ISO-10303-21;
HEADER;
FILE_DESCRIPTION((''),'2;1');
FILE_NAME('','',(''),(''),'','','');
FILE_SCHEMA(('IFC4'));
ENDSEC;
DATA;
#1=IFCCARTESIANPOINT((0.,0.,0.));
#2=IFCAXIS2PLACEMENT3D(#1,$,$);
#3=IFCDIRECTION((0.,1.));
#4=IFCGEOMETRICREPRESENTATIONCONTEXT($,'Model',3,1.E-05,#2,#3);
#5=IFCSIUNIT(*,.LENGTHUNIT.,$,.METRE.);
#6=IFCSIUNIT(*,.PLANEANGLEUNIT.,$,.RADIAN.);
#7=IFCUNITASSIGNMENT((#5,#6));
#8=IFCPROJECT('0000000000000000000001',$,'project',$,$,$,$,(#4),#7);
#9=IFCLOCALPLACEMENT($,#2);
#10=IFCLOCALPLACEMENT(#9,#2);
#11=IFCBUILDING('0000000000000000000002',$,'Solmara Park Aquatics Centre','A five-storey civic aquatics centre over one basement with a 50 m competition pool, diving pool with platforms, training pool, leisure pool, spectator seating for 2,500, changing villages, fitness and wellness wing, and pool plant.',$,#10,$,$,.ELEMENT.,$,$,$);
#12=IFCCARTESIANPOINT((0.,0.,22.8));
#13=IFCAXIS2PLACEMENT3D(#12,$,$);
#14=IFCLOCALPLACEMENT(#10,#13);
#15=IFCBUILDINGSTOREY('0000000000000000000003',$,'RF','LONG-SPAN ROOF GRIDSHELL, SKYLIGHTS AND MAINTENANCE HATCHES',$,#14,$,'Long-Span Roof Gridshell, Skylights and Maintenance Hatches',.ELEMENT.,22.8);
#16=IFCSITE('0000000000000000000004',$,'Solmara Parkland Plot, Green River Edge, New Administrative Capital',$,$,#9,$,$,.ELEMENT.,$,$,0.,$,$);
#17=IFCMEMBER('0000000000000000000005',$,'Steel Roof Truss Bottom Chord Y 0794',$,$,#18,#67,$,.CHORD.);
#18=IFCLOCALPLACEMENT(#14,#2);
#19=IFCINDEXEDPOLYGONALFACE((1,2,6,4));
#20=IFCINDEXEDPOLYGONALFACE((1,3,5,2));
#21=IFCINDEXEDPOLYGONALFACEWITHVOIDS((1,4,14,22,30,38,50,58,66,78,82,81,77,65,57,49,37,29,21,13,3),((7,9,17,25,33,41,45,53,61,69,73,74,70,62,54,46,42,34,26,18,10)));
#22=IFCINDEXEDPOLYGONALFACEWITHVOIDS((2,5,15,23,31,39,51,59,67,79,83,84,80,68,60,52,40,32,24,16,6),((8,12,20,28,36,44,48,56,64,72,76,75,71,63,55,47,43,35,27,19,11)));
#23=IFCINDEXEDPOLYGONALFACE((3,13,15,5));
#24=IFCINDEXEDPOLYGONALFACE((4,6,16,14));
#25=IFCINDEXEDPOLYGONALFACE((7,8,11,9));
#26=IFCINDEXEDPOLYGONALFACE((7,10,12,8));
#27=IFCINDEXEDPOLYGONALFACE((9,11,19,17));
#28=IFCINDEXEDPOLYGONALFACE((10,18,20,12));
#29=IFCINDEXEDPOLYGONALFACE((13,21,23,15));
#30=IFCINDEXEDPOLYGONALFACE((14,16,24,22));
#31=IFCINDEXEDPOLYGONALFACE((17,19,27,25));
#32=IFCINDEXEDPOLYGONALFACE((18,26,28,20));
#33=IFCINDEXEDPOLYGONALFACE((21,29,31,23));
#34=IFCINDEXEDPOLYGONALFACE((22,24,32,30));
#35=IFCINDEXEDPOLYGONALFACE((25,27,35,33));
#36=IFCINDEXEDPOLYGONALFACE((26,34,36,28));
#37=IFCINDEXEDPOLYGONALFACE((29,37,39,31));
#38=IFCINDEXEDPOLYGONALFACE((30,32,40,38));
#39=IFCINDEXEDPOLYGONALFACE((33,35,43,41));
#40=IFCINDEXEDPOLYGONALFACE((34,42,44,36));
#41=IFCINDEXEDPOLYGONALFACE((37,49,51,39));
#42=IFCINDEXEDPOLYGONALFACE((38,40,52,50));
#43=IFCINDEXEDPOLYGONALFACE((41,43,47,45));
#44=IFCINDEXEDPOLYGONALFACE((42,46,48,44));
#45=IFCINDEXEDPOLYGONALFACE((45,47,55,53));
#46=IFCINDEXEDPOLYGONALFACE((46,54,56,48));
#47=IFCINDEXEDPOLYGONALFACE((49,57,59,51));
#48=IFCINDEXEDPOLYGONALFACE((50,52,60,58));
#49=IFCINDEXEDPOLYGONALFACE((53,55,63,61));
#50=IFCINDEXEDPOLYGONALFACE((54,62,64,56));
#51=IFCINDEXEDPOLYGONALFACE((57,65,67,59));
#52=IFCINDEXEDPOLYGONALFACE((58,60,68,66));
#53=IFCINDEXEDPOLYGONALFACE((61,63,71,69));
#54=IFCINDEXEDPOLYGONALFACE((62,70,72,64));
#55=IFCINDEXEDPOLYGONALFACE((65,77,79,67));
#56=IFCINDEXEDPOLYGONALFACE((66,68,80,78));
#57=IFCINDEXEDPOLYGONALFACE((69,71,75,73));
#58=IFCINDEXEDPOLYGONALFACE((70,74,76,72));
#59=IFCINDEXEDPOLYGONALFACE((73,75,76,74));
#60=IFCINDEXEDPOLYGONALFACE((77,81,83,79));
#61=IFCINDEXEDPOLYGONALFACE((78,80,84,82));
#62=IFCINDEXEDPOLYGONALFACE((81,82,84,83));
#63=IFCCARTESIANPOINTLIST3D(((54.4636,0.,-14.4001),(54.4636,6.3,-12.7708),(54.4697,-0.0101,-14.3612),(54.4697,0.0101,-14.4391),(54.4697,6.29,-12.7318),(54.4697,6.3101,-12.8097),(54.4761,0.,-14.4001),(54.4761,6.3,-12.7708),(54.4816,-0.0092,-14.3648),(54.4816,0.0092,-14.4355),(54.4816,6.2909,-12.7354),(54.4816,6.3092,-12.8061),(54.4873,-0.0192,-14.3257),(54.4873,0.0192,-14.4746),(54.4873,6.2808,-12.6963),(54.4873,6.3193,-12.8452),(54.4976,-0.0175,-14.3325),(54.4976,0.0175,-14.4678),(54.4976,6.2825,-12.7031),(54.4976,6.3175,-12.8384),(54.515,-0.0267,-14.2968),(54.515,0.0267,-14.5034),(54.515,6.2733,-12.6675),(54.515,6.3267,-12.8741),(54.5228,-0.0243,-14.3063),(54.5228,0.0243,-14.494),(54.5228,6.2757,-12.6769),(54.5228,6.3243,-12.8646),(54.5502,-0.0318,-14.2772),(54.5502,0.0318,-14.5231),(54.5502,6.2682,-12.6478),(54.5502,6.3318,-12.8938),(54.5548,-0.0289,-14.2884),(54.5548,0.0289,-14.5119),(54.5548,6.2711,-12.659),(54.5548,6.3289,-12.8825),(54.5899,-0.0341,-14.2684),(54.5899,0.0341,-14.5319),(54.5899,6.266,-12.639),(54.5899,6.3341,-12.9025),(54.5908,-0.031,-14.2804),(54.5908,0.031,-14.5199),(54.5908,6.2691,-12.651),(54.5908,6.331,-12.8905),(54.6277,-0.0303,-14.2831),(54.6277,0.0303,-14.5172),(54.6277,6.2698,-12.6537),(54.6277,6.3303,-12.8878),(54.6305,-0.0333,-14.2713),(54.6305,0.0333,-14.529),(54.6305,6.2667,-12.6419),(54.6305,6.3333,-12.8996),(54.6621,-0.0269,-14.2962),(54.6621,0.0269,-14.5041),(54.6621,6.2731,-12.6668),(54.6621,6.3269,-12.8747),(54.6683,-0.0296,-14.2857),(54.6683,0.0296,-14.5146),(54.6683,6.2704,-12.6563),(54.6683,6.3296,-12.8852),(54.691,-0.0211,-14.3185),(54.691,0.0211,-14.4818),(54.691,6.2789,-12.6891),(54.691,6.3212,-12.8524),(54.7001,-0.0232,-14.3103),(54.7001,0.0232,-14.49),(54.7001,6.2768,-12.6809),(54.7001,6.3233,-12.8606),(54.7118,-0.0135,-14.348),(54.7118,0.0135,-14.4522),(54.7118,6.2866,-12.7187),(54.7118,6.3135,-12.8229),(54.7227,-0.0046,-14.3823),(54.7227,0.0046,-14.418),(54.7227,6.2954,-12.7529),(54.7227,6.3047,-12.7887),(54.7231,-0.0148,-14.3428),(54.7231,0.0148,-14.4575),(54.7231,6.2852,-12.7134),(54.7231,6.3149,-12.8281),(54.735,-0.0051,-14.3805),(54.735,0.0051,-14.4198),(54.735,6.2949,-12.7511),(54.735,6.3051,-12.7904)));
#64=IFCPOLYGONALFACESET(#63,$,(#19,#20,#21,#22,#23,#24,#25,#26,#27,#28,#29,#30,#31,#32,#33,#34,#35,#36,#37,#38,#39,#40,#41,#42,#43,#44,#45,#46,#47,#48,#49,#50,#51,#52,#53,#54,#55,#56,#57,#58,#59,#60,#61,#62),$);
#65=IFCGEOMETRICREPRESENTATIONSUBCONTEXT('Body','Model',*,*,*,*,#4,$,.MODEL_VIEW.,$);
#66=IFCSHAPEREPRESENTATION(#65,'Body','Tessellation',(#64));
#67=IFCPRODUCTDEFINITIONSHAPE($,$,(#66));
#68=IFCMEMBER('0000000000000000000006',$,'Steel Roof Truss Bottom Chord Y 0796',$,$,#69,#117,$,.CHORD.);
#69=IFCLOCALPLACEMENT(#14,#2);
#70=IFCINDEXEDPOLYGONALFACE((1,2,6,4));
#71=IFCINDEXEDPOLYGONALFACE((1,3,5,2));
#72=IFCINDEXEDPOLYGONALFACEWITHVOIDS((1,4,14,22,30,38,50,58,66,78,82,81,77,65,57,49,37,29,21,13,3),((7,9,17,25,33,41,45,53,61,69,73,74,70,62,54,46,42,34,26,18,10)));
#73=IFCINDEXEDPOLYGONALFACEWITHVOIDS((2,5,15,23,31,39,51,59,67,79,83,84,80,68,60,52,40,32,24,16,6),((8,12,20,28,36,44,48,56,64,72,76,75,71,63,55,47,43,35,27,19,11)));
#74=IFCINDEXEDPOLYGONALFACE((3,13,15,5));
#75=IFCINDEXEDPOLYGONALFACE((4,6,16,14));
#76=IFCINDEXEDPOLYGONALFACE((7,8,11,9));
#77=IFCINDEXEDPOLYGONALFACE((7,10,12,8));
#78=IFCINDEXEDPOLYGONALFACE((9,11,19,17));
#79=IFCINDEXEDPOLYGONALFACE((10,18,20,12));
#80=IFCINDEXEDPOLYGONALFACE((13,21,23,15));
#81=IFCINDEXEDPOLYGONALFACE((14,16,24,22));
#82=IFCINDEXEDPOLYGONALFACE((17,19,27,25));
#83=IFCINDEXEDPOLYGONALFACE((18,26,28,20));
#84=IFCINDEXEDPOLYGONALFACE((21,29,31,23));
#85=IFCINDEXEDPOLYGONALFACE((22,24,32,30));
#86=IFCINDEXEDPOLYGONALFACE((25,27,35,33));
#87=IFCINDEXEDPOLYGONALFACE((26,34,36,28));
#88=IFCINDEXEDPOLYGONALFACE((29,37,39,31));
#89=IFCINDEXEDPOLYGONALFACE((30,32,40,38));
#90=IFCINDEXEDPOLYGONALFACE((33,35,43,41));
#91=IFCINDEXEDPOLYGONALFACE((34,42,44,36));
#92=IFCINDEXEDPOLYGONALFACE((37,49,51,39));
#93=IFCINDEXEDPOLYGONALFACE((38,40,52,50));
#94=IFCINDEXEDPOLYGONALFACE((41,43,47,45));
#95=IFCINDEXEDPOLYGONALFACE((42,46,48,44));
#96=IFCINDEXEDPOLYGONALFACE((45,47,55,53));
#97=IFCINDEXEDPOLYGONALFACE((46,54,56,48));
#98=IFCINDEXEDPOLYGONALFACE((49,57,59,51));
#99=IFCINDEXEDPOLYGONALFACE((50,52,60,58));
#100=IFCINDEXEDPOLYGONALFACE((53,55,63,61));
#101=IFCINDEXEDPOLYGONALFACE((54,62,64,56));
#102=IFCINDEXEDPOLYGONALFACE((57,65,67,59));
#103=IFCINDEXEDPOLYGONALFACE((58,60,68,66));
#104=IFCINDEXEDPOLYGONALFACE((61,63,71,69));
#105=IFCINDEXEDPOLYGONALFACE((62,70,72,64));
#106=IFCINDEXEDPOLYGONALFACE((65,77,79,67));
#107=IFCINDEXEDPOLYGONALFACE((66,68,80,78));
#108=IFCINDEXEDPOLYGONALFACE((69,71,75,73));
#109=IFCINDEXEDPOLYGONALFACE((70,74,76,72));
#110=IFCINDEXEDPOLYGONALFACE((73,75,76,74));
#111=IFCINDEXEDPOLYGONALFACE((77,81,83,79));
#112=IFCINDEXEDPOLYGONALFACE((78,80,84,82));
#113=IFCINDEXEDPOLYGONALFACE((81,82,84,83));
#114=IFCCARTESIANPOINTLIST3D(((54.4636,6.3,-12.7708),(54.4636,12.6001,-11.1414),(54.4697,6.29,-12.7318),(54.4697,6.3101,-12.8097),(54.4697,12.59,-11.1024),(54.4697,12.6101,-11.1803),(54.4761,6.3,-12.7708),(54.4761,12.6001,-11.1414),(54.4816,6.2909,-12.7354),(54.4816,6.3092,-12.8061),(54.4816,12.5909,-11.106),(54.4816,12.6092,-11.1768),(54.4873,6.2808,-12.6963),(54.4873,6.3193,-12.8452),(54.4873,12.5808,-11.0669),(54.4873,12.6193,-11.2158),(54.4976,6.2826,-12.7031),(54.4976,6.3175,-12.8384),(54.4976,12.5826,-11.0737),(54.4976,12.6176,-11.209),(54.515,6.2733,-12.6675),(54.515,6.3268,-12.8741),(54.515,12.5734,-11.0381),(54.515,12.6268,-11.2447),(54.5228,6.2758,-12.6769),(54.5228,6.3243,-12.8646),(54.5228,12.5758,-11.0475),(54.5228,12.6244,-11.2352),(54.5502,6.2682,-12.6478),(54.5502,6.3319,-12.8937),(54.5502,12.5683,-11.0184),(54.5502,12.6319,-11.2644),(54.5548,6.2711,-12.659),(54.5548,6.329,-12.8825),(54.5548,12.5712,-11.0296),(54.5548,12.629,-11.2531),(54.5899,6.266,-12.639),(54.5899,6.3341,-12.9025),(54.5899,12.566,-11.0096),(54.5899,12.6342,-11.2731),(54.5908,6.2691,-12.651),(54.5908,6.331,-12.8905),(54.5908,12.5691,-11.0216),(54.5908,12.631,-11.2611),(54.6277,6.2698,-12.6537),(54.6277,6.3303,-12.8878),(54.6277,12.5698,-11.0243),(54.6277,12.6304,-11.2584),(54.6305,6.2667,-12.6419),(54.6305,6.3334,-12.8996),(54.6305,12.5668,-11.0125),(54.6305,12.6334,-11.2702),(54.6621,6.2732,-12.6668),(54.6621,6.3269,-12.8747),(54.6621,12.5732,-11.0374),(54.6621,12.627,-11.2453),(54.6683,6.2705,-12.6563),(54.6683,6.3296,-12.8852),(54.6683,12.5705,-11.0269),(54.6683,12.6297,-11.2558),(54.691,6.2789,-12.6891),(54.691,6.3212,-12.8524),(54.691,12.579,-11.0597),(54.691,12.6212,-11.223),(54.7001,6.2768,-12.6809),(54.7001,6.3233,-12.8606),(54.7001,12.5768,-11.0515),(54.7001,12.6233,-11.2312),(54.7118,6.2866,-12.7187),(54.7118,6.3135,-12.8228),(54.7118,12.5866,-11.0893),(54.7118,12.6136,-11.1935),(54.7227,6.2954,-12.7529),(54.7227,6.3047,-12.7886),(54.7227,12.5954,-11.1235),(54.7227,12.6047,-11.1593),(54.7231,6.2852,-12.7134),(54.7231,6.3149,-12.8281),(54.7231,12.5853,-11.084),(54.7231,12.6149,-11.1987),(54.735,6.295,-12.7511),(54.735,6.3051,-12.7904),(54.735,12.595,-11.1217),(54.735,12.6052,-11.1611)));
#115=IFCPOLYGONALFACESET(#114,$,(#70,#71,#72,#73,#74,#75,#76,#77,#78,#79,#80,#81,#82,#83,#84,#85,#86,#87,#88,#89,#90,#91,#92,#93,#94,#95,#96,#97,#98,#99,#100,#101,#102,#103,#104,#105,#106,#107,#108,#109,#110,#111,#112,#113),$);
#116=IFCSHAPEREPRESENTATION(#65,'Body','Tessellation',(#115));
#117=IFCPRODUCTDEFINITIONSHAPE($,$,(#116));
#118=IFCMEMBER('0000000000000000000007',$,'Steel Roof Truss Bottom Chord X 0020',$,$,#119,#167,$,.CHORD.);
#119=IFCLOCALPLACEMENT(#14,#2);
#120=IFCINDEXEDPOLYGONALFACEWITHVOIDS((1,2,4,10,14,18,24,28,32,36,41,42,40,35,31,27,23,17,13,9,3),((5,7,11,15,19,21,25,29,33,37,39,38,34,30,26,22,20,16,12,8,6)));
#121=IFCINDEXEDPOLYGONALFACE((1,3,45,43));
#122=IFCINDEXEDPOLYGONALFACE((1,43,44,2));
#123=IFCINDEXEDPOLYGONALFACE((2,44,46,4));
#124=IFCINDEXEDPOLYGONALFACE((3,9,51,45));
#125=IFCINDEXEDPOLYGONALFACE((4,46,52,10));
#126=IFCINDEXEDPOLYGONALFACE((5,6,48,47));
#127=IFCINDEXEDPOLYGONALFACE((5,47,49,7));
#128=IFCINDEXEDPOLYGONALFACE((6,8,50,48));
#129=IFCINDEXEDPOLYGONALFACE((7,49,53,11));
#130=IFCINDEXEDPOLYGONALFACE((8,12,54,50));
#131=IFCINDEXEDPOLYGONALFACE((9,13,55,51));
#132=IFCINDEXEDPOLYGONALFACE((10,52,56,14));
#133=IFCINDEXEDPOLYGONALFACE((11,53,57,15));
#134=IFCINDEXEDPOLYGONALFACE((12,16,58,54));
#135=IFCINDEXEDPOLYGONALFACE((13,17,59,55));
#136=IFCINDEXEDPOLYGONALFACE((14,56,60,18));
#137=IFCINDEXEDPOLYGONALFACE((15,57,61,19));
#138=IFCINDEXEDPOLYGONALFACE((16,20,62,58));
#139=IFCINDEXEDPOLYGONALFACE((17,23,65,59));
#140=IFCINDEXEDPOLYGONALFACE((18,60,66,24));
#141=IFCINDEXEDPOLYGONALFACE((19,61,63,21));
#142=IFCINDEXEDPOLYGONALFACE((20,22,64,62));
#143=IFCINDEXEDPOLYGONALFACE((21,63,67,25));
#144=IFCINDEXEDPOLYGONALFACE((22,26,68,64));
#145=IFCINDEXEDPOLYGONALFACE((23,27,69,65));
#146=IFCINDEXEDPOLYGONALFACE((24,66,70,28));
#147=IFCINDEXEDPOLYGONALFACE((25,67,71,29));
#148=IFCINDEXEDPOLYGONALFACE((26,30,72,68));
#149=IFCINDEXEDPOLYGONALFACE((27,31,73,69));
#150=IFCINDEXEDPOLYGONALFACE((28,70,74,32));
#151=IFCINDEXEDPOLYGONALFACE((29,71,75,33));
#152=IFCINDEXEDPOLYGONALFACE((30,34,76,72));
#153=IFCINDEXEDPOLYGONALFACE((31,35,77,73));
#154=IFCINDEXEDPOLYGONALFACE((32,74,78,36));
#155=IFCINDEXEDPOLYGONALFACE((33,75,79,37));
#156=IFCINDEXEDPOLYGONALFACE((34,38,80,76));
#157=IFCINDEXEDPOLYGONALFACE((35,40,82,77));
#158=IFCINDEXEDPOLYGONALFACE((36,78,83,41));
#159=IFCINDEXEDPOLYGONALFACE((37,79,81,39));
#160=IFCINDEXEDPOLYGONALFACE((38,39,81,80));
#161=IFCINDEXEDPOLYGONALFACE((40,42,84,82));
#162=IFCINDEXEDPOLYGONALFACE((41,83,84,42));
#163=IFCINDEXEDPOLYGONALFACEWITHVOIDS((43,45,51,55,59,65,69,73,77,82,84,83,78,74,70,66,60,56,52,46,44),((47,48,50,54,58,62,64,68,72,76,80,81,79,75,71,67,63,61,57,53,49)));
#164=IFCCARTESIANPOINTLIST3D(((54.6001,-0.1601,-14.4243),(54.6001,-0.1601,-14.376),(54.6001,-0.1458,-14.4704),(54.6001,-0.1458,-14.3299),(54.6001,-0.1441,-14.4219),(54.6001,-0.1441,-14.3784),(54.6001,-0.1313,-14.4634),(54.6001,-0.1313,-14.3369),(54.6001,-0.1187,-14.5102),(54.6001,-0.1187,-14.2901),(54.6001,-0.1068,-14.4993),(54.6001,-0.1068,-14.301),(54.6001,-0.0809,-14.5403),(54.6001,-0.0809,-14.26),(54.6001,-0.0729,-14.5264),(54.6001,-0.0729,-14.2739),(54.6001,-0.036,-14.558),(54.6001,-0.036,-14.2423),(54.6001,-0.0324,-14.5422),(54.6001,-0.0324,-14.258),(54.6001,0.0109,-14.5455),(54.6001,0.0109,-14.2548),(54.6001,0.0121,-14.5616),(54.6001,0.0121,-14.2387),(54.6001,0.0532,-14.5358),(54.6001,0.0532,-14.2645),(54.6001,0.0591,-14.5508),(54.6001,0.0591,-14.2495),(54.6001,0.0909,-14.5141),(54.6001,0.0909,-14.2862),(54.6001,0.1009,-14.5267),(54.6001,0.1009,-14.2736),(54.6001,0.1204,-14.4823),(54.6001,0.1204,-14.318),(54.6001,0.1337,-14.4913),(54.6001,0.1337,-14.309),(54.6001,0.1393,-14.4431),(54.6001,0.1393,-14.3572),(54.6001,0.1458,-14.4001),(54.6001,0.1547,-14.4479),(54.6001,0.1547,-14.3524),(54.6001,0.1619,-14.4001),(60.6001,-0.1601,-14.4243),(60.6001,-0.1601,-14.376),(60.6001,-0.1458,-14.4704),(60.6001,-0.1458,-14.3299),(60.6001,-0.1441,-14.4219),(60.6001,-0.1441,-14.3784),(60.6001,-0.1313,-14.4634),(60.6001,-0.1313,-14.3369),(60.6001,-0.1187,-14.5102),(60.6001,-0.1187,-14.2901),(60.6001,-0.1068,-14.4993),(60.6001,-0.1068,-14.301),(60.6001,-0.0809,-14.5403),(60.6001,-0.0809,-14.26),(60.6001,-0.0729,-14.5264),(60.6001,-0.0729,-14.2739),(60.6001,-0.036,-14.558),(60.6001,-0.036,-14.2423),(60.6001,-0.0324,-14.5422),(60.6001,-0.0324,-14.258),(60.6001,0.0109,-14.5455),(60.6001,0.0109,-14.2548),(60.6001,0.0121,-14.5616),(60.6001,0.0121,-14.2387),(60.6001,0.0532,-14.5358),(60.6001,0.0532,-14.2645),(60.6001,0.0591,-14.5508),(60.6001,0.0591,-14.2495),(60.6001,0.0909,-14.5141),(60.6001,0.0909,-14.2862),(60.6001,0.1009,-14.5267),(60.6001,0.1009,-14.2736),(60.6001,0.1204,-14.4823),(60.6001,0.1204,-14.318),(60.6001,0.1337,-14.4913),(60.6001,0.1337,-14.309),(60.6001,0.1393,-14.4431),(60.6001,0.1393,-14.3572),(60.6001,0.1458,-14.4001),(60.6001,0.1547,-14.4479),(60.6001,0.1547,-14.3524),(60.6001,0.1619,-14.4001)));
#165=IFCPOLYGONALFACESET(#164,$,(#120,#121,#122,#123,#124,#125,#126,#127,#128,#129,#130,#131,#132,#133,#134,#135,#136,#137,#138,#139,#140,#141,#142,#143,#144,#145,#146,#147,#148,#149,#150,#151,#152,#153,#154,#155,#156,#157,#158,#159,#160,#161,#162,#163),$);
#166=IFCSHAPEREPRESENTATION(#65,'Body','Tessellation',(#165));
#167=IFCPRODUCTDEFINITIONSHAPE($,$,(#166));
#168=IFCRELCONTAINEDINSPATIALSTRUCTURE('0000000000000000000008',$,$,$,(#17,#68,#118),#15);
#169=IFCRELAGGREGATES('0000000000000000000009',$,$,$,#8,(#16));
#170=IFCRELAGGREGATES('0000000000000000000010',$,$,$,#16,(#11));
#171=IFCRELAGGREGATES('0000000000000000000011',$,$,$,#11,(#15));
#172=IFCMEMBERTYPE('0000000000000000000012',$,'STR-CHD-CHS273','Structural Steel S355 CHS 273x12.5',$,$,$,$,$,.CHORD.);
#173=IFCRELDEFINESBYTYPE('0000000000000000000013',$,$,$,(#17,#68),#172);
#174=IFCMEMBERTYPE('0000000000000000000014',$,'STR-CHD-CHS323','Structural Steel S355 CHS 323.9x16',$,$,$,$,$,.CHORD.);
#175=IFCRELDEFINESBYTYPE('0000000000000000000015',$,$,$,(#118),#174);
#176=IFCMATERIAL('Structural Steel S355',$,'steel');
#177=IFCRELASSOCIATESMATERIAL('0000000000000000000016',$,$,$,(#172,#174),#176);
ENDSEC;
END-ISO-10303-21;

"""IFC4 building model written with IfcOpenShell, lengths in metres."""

from ifc_helpers import new_model, si_unit, direction, frame, origin, origin_2d, place, context, subcontext, project, spatial, hollow_circle, extrude, material, material_profile, profile_set, type_object, element, save


model = new_model("IFC4")

# Units and contexts
model_context = context("Model", 3, precision=1e-05, world=origin(), true_north=direction((0.0, 1.0)))
body_context = subcontext(model_context, "Body", "Model", "MODEL_VIEW")
ifc_project = project(units=[si_unit("LENGTHUNIT", "METRE"), si_unit("PLANEANGLEUNIT", "RADIAN")], contexts=[model_context])

# Site, building, storey
site_placement = place(None, origin())
site = spatial("IfcSite", under=ifc_project, at=site_placement, Name="Solmara Parkland Plot, Green River Edge, New Administrative Capital", CompositionType="ELEMENT", RefElevation=0.0)
building_placement = place(site_placement, origin())
building = spatial("IfcBuilding", under=site, at=building_placement, Name="Solmara Park Aquatics Centre", Description="A five-storey civic aquatics centre over one basement with a 50 m competition pool, diving pool with platforms, training pool, leisure pool, spectator seating for 2,500, changing villages, fitness and wellness wing, and pool plant.", CompositionType="ELEMENT")
storey_placement = place(building_placement, frame((0.0, 0.0, 22.8)))
storey = spatial("IfcBuildingStorey", under=building, at=storey_placement, Name="RF", Description="LONG-SPAN ROOF GRIDSHELL, SKYLIGHTS AND MAINTENANCE HATCHES", LongName="Long-Span Roof Gridshell, Skylights and Maintenance Hatches", CompositionType="ELEMENT", Elevation=22.8)

# Members
ifc_material_1 = material(Name="Structural Steel S355", Category="steel")
ifc_material_profile_1 = material_profile(ifc_material_1, hollow_circle(Radius=0.1365, WallThickness=0.0125, at=origin_2d()), Name="CHS 273x12.5")
ifc_profile_set_1 = profile_set([ifc_material_profile_1], Name="Structural Steel S355")
member_type_1 = type_object("IfcMemberType", Name="STR-CHD-CHS273", Description="Structural Steel S355 CHS 273x12.5", PredefinedType="CHORD", material=ifc_profile_set_1)
for number, where, z_axis, x_axis, name in (
    (1, (54.6001, 0.0, -14.4001), (0.0, 0.968144, 0.250393), (-1.0, 0.0, 0.0), "Steel Roof Truss Bottom Chord Y 0794"),
    (2, (54.6001, 6.3, -12.7708), (0.0, 0.968144, 0.250393), (-1.0, 0.0, 0.0), "Steel Roof Truss Bottom Chord Y 0796"),
):
    element("IfcMember", number, at=place(storey_placement, frame(where, z_axis=z_axis, x_axis=x_axis)), inside=storey, type_object=member_type_1, Name=name, PredefinedType="CHORD", context=body_context, shape_type="SweptSolid", body=[
        extrude(hollow_circle(Radius=0.1365, WallThickness=0.0125, at=origin_2d()), origin(), (0.0, 0.0, 1.0), 6.5073),
    ])
ifc_material_profile_2 = material_profile(ifc_material_1, hollow_circle(Radius=0.1619, WallThickness=0.0161, at=origin_2d()), Name="CHS 323.9x16")
ifc_profile_set_2 = profile_set([ifc_material_profile_2], Name="Structural Steel S355")
member_type_2 = type_object("IfcMemberType", Name="STR-CHD-CHS323", Description="Structural Steel S355 CHS 323.9x16", PredefinedType="CHORD", material=ifc_profile_set_2)
for number, where, z_axis, x_axis, name in (
    (3, (54.6001, 0.0, -14.4001), (1.0, 0.0, 0.0), (0.0, 1.0, 0.0), "Steel Roof Truss Bottom Chord X 0020"),
):
    element("IfcMember", number, at=place(storey_placement, frame(where, z_axis=z_axis, x_axis=x_axis)), inside=storey, type_object=member_type_2, Name=name, PredefinedType="CHORD", context=body_context, shape_type="SweptSolid", body=[
        extrude(hollow_circle(Radius=0.1619, WallThickness=0.0161, at=origin_2d()), origin(), (0.0, 0.0, 1.0), 6.0),
    ])

save(model, "model.ifc")
